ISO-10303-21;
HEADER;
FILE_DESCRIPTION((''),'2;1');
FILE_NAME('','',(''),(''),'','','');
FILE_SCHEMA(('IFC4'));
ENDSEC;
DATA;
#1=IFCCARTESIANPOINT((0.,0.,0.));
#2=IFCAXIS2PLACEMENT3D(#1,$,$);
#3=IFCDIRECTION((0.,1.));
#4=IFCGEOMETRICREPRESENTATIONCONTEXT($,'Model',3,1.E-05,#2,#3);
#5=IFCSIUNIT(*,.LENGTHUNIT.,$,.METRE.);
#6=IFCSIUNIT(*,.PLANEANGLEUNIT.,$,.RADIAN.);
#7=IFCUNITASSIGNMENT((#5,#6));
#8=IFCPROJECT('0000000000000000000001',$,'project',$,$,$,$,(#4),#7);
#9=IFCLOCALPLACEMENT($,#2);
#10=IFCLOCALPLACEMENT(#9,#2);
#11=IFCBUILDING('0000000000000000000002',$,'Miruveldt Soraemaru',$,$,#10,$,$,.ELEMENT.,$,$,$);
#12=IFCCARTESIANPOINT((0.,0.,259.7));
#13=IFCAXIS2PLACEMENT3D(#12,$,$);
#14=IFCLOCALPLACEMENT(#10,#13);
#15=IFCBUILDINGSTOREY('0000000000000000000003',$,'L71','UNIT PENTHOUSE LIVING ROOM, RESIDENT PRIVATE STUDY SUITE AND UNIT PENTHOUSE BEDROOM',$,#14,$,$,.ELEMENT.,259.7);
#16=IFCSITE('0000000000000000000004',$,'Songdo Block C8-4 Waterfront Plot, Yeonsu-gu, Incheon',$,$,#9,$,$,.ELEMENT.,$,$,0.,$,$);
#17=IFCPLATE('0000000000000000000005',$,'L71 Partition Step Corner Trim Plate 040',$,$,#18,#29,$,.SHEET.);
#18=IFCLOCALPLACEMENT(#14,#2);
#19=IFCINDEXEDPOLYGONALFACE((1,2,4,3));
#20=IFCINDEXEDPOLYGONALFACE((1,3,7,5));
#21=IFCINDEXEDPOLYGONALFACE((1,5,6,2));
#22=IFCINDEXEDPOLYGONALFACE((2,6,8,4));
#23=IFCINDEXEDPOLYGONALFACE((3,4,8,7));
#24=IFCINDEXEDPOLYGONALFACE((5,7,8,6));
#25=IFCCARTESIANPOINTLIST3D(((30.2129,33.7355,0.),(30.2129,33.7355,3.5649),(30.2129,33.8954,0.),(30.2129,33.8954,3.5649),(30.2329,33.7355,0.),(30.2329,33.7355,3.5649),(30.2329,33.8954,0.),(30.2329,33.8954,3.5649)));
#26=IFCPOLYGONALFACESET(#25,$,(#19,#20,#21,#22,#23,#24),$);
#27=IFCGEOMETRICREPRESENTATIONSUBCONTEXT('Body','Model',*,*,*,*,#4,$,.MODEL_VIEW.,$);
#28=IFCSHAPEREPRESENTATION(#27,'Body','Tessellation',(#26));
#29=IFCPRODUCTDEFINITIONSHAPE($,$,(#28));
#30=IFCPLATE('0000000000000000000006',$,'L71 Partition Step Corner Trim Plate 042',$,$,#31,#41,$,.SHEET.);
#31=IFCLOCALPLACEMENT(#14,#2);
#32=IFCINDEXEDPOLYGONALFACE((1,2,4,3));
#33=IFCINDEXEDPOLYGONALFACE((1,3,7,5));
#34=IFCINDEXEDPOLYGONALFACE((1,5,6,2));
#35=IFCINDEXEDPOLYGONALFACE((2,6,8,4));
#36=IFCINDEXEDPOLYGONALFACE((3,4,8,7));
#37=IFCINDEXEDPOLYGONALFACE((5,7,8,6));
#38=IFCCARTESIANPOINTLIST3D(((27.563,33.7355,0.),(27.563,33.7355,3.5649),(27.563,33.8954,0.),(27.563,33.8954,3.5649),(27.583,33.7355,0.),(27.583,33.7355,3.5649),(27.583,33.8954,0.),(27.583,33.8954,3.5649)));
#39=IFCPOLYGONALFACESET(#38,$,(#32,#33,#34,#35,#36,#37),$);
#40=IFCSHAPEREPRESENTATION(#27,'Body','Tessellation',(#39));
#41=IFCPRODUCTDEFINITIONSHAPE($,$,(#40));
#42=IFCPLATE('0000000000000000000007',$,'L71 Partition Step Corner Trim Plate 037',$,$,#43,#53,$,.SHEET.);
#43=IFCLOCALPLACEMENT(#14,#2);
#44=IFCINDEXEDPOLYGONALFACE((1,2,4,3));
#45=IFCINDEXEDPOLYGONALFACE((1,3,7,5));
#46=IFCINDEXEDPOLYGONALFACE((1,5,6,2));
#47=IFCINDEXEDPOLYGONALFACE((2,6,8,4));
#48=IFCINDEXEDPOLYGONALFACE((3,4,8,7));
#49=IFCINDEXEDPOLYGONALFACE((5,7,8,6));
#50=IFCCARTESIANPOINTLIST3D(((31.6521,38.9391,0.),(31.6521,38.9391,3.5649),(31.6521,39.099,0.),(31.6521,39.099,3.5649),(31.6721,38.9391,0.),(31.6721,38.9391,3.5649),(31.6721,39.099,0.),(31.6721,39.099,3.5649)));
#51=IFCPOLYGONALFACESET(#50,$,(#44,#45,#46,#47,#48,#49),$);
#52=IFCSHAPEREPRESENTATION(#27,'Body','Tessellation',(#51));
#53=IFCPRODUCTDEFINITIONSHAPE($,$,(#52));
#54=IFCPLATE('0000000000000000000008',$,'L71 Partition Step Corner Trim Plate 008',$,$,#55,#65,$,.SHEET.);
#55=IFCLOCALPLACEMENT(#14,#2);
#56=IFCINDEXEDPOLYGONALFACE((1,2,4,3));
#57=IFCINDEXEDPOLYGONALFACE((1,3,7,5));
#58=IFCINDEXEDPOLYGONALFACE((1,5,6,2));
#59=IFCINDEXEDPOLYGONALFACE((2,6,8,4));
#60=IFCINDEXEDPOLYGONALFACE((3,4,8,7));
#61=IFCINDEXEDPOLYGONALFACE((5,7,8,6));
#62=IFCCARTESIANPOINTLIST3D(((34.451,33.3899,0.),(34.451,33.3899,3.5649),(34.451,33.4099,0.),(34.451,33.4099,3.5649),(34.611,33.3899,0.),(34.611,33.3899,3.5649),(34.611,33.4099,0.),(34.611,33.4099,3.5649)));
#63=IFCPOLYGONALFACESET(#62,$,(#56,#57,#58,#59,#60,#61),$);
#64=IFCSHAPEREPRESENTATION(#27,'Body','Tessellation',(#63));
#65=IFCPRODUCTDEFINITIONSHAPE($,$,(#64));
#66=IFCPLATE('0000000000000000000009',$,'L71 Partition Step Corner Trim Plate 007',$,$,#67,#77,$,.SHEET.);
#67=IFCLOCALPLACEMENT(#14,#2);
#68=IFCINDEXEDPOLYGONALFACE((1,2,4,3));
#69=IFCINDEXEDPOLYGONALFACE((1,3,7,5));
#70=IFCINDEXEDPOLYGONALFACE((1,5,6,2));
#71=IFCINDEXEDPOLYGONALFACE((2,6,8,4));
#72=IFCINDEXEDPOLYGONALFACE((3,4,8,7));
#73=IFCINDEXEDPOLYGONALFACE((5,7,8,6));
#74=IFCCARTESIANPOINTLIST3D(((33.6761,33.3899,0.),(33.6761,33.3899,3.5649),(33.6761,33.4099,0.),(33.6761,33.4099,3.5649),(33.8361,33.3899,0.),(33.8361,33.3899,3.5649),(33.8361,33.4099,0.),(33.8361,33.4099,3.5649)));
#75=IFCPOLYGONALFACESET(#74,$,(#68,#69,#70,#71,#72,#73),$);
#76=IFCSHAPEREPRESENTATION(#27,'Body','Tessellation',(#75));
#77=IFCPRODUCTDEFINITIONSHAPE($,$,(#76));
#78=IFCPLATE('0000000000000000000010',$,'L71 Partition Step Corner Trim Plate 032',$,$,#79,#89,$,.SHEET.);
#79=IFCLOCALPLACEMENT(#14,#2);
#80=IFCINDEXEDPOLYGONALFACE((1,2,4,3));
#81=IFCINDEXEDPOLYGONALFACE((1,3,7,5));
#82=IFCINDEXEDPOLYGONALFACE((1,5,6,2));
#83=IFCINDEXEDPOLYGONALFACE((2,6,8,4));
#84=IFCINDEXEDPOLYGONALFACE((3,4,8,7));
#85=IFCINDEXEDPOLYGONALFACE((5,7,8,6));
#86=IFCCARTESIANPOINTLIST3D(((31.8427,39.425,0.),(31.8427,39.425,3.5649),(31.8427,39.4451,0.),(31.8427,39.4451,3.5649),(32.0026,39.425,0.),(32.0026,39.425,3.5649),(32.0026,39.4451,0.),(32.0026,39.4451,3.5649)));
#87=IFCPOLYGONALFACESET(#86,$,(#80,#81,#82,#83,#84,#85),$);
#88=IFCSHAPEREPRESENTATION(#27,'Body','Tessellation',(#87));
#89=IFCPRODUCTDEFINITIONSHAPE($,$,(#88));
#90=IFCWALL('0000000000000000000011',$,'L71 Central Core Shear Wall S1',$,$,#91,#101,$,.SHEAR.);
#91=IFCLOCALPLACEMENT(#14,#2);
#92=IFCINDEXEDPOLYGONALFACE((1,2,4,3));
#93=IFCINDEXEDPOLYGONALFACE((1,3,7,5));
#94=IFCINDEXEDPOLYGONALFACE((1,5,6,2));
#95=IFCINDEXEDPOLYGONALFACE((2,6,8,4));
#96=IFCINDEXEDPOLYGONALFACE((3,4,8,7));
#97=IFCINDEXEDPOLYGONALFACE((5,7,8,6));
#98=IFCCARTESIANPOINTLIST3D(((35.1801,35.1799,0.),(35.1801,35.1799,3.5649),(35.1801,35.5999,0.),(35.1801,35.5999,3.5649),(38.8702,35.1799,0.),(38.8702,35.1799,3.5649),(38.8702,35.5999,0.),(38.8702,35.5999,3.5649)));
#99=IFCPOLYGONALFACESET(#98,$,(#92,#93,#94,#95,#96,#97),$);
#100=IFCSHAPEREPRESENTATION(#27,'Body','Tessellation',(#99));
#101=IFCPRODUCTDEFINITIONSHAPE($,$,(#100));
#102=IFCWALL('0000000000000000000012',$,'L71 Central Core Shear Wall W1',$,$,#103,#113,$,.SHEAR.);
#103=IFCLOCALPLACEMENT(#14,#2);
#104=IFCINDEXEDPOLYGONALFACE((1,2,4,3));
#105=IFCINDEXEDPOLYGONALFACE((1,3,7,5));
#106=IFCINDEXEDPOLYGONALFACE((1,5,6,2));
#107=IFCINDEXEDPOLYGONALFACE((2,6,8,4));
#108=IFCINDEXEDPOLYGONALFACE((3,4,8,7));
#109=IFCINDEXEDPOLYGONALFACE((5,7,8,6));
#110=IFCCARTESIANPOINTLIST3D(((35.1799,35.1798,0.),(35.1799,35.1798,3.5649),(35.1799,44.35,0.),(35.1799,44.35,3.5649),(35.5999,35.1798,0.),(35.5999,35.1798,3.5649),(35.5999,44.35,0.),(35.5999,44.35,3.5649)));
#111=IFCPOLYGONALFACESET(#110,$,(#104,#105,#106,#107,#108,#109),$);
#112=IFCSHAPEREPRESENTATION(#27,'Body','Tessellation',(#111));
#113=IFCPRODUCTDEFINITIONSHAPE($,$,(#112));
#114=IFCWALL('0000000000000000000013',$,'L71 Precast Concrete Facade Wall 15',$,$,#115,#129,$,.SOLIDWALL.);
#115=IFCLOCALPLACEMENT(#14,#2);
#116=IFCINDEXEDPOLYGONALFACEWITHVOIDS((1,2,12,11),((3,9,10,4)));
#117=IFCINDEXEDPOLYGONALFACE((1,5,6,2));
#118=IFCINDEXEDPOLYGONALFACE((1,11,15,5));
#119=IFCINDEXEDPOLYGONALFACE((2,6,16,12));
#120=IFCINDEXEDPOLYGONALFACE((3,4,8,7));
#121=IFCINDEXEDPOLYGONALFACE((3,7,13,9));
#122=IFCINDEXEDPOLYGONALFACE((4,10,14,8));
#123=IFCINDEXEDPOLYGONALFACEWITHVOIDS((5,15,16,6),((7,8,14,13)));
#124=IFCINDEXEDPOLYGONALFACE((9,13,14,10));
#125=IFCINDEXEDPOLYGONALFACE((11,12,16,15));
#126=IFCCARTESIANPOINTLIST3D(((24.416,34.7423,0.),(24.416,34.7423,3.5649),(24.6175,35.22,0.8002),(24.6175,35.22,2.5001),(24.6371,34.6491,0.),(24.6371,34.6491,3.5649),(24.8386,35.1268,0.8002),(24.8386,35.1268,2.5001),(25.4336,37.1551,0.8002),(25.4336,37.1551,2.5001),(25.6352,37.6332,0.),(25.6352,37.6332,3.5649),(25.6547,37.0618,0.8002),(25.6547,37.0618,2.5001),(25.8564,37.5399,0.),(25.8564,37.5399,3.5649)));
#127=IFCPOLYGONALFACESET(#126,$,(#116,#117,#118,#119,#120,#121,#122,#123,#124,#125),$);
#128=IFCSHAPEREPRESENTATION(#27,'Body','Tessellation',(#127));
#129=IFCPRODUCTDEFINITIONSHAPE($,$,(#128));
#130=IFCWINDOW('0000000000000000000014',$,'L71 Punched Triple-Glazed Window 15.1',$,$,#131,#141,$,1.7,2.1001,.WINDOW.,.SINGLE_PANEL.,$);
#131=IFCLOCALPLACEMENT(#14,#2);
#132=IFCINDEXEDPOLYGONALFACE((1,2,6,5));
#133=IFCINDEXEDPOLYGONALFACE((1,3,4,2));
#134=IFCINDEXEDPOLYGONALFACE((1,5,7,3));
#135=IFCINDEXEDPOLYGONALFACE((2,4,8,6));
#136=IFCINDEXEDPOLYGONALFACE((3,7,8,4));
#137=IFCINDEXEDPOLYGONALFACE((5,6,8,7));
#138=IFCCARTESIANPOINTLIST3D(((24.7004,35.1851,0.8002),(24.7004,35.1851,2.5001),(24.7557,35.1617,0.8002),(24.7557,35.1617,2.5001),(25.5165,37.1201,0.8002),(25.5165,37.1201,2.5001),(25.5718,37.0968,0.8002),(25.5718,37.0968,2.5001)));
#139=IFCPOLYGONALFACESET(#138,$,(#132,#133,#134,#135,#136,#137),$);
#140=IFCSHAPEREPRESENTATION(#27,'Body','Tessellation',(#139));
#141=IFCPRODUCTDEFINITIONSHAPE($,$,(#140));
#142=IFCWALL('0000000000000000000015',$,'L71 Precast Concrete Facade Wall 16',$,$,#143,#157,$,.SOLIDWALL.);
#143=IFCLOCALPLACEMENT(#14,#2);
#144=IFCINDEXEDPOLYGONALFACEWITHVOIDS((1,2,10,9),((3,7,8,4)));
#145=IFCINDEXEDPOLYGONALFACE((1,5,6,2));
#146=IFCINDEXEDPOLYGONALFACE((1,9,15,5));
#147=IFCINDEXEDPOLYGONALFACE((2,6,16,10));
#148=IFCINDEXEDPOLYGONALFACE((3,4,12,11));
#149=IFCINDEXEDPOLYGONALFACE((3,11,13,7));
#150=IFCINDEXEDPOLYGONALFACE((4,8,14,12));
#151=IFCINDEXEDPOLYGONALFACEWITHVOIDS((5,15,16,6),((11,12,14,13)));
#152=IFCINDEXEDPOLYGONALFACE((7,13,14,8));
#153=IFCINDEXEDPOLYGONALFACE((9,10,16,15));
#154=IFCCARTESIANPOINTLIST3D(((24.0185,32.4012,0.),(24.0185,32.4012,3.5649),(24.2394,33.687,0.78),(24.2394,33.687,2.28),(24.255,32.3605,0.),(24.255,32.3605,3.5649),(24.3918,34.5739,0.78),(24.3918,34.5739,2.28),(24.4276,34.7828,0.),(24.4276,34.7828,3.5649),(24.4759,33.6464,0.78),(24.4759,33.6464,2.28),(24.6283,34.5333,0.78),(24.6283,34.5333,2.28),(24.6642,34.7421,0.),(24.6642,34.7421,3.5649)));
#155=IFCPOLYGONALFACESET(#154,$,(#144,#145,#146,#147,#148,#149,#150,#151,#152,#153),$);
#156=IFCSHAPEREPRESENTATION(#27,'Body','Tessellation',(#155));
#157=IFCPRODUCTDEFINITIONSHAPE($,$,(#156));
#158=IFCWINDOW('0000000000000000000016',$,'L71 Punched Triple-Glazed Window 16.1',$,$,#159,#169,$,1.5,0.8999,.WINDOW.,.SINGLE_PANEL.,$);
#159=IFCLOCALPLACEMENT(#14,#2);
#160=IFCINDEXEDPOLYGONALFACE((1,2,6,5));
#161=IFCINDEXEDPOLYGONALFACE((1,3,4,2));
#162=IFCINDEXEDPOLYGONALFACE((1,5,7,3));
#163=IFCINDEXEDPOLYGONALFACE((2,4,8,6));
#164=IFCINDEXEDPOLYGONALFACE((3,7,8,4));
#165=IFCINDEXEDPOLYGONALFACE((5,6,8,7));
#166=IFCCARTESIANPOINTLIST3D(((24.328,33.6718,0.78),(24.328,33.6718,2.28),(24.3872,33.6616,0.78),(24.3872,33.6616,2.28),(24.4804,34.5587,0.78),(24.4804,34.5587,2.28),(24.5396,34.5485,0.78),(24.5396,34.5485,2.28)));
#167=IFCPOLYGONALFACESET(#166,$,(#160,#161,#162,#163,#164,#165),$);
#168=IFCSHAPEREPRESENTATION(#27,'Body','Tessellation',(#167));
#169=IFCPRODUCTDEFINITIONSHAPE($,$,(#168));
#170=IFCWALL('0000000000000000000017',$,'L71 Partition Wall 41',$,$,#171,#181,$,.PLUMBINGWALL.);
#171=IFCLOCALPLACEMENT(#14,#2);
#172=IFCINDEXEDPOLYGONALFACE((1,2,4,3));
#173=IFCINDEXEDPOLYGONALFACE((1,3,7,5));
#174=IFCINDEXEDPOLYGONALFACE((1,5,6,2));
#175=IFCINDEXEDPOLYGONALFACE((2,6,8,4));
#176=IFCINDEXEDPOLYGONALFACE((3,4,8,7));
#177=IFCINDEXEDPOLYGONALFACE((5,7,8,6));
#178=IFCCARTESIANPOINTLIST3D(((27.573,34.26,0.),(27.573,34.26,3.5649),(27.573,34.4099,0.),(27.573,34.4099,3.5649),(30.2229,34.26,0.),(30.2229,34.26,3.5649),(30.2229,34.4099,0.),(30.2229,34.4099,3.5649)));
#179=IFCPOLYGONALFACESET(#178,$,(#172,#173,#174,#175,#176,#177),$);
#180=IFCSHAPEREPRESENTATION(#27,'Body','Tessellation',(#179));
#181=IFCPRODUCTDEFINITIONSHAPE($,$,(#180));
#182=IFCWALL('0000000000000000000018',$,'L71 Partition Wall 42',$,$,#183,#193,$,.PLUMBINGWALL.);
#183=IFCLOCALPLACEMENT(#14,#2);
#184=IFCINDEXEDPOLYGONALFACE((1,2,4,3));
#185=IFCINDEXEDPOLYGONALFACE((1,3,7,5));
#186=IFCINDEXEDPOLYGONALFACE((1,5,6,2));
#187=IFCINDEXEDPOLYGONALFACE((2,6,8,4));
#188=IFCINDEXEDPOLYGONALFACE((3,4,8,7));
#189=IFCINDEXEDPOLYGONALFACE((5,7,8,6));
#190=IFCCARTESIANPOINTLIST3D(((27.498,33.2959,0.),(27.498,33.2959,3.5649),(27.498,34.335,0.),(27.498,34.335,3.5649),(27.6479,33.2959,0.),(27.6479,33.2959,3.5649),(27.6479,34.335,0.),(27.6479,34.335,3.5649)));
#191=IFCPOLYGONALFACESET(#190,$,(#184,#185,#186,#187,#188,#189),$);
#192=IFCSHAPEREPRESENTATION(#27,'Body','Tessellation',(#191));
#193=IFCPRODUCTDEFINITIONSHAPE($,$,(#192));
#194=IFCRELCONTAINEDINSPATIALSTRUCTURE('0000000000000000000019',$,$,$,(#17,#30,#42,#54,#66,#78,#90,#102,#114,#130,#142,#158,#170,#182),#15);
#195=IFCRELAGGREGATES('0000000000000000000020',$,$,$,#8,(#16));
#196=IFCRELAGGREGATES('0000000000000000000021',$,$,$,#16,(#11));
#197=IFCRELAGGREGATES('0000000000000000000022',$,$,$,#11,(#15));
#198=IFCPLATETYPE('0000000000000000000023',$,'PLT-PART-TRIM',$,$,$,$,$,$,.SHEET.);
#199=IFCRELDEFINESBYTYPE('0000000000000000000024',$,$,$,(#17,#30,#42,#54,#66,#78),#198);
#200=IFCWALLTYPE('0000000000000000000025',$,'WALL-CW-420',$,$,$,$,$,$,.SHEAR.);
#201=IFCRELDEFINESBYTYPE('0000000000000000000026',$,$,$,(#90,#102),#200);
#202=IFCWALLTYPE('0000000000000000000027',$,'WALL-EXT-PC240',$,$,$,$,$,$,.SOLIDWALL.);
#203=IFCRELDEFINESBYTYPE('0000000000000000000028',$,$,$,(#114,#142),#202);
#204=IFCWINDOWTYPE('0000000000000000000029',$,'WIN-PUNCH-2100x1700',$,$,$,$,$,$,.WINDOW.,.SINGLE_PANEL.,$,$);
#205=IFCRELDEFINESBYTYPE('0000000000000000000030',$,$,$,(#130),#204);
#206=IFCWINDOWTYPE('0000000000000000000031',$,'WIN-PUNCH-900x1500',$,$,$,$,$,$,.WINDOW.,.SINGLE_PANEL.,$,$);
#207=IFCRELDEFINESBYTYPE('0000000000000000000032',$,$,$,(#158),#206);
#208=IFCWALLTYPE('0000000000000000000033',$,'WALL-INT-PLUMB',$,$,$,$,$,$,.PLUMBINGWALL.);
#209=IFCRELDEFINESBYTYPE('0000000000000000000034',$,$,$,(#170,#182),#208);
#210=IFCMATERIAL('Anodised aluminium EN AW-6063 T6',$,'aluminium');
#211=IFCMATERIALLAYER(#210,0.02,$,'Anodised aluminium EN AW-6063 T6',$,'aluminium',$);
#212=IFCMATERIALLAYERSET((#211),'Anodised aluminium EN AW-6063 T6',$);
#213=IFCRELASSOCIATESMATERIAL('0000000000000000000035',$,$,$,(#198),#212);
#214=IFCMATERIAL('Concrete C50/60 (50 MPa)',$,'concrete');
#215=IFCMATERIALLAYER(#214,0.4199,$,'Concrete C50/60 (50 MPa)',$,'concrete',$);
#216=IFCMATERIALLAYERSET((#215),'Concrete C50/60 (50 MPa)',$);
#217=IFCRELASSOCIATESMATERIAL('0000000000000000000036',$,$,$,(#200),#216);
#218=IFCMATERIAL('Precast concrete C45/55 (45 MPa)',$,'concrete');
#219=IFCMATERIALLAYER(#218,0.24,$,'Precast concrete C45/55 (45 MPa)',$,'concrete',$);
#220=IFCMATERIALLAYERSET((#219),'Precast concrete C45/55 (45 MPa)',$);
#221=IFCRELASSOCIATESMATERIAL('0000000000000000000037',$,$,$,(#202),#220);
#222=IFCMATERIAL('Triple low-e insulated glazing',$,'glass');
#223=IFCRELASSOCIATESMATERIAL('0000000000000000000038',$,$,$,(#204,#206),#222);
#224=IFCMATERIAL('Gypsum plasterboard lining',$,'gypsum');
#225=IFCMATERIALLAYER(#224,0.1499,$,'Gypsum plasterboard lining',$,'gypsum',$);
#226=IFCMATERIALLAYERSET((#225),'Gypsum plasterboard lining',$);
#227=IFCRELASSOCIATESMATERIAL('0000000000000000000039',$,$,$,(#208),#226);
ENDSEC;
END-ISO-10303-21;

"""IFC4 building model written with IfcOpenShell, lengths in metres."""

from ifc_helpers import new_model, si_unit, direction, frame, frame_2d, origin, origin_2d, place, context, subcontext, project, spatial, rectangle, extrude, material, layer, layer_set, type_object, element, fill, save


model = new_model("IFC4")

# Units and contexts
model_context = context("Model", 3, precision=1e-05, world=origin(), true_north=direction((0.0, 1.0)))
body_context = subcontext(model_context, "Body", "Model", "MODEL_VIEW")
ifc_project = project(units=[si_unit("LENGTHUNIT", "METRE"), si_unit("PLANEANGLEUNIT", "RADIAN")], contexts=[model_context])

# Site, building, storey
site_placement = place(None, origin())
site = spatial("IfcSite", under=ifc_project, at=site_placement, Name="Songdo Block C8-4 Waterfront Plot, Yeonsu-gu, Incheon", CompositionType="ELEMENT", RefElevation=0.0)
building_placement = place(site_placement, origin())
building = spatial("IfcBuilding", under=site, at=building_placement, Name="Miruveldt Soraemaru", CompositionType="ELEMENT")
storey_placement = place(building_placement, frame((0.0, 0.0, 259.7)))
storey = spatial("IfcBuildingStorey", under=building, at=storey_placement, Name="L71", Description="UNIT PENTHOUSE LIVING ROOM, RESIDENT PRIVATE STUDY SUITE AND UNIT PENTHOUSE BEDROOM", CompositionType="ELEMENT", Elevation=259.7)

# Shared definitions
ifc_material_1 = material(Name="Concrete C50/60 (50 MPa)", Category="concrete")

# Plates
ifc_material_2 = material(Name="Anodised aluminium EN AW-6063 T6", Category="aluminium")
ifc_layer_1 = layer(ifc_material_2, 0.02, Name="Anodised aluminium EN AW-6063 T6", Category="aluminium")
ifc_layer_set_1 = layer_set([ifc_layer_1], Name="Anodised aluminium EN AW-6063 T6")
plate_type = type_object("IfcPlateType", Name="PLT-PART-TRIM", PredefinedType="SHEET", material=ifc_layer_set_1)
for number, where, z_axis, x_axis, name in (
    (1, (30.2229, 33.8154, 0.0), (0.0, 0.0, 1.0), (0.0, 1.0, 0.0), "L71 Partition Step Corner Trim Plate 040"),
    (2, (27.573, 33.8154, 0.0), (0.0, 0.0, 1.0), (0.0, -1.0, 0.0), "L71 Partition Step Corner Trim Plate 042"),
    (3, (31.6621, 39.019, 0.0), (0.0, 0.0, 1.0), (0.0, -1.0, 0.0), "L71 Partition Step Corner Trim Plate 037"),
    (4, (34.531, 33.3999, 0.0), (0.0, 0.0, 1.0), (1.0, 0.0, 0.0), "L71 Partition Step Corner Trim Plate 008"),
    (5, (33.7561, 33.3999, 0.0), (0.0, 0.0, 1.0), (1.0, 0.0, 0.0), "L71 Partition Step Corner Trim Plate 007"),
    (6, (31.9226, 39.4351, 0.0), (0.0, 0.0, 1.0), (1.0, 0.0, 0.0), "L71 Partition Step Corner Trim Plate 032"),
):
    element("IfcPlate", number, at=place(storey_placement, frame(where, z_axis=z_axis, x_axis=x_axis)), inside=storey, type_object=plate_type, Name=name, PredefinedType="SHEET", context=body_context, shape_type="SweptSolid", body=[
        extrude(rectangle(XDim=0.1599, YDim=0.02, at=origin_2d()), origin(), (0.0, 0.0, 1.0), 3.5649),
    ])

# Walls
ifc_layer_2 = layer(ifc_material_1, 0.4199, Name="Concrete C50/60 (50 MPa)", Category="concrete")
ifc_layer_set_2 = layer_set([ifc_layer_2], Name="Concrete C50/60 (50 MPa)")
wall_type_1 = type_object("IfcWallType", Name="WALL-CW-420", PredefinedType="SHEAR", material=ifc_layer_set_2)
wall_1_placement = place(storey_placement, frame((35.1799, 35.3899, 0.0), z_axis=(0.0, 0.0, 1.0), x_axis=(1.0, 0.0, 0.0)))
element("IfcWall", 7, at=wall_1_placement, inside=storey, type_object=wall_type_1, Name="L71 Central Core Shear Wall S1", PredefinedType="SHEAR", context=body_context, shape_type="SweptSolid", body=[
    extrude(rectangle(XDim=3.6902, YDim=0.4199, at=frame_2d((1.8452, 0.0))), origin(), (0.0, 0.0, 1.0), 3.5649),
])
wall_2_placement = place(storey_placement, frame((35.3899, 35.1799, 0.0), z_axis=(0.0, 0.0, 1.0), x_axis=(0.0, 1.0, 0.0)))
element("IfcWall", 8, at=wall_2_placement, inside=storey, type_object=wall_type_1, Name="L71 Central Core Shear Wall W1", PredefinedType="SHEAR", context=body_context, shape_type="SweptSolid", body=[
    extrude(rectangle(XDim=9.1702, YDim=0.4199, at=frame_2d((4.585, 0.0))), origin(), (0.0, 0.0, 1.0), 3.5649),
])

# Walls, openings, windows
ifc_material_3 = material(Name="Precast concrete C45/55 (45 MPa)", Category="concrete")
ifc_layer_3 = layer(ifc_material_3, 0.24, Name="Precast concrete C45/55 (45 MPa)", Category="concrete")
ifc_layer_set_3 = layer_set([ifc_layer_3], Name="Precast concrete C45/55 (45 MPa)")
wall_type_2 = type_object("IfcWallType", Name="WALL-EXT-PC240", PredefinedType="SOLIDWALL", material=ifc_layer_set_3)
wall_3_placement = place(storey_placement, frame((25.7458, 37.5867, 0.0), z_axis=(0.0, 0.0, 1.0), x_axis=(-0.388607, -0.921404, 0.0)))
wall_3 = element("IfcWall", 9, at=wall_3_placement, inside=storey, type_object=wall_type_2, Name="L71 Precast Concrete Facade Wall 15", PredefinedType="SOLIDWALL", context=body_context, shape_type="SweptSolid", body=[
    extrude(rectangle(XDim=3.1375, YDim=0.24, at=frame_2d((1.5688, 0.0))), origin(), (0.0, 0.0, 1.0), 3.5649),
])
opening_1_placement = place(wall_3_placement, frame((0.519, 0.0, 0.8)))
opening_1 = element("IfcOpeningElement", 10, at=opening_1_placement, cuts=wall_3, PredefinedType="OPENING", context=body_context, shape_type="SweptSolid", body=[
    extrude(rectangle(XDim=2.1001, YDim=1.7, at=frame_2d((1.05, 0.8501))), frame((0.0, 0.1299, 0.0), z_axis=(0.0, -1.0, 0.0), x_axis=(1.0, 0.0, 0.0)), (0.0, 0.0, 1.0), 0.26),
])
ifc_material_4 = material(Name="Triple low-e insulated glazing", Category="glass")
window_type_1 = type_object("IfcWindowType", Name="WIN-PUNCH-2100x1700", PartitioningType="SINGLE_PANEL", PredefinedType="WINDOW", material=ifc_material_4)
window_1_placement = place(opening_1_placement, origin())
window_1 = element("IfcWindow", 11, at=window_1_placement, inside=storey, type_object=window_type_1, Name="L71 Punched Triple-Glazed Window 15.1", OverallHeight=1.7, OverallWidth=2.1001, PartitioningType="SINGLE_PANEL", PredefinedType="WINDOW", context=body_context, shape_type="SweptSolid", body=[
    extrude(rectangle(XDim=2.1001, YDim=1.7, at=frame_2d((1.05, 0.8501))), frame((0.0, 0.03, 0.0), z_axis=(0.0, -1.0, 0.0), x_axis=(1.0, 0.0, 0.0)), (0.0, 0.0, 1.0), 0.0601),
])
fill(opening_1, window_1)
wall_4_placement = place(storey_placement, frame((24.5459, 34.7625, 0.0), z_axis=(0.0, 0.0, 1.0), x_axis=(-0.169328, -0.98556, 0.0)))
wall_4 = element("IfcWall", 12, at=wall_4_placement, inside=storey, type_object=wall_type_2, Name="L71 Precast Concrete Facade Wall 16", PredefinedType="SOLIDWALL", context=body_context, shape_type="SweptSolid", body=[
    extrude(rectangle(XDim=2.4165, YDim=0.24, at=frame_2d((1.2083, 0.0))), origin(), (0.0, 0.0, 1.0), 3.5649),
])
opening_2_placement = place(wall_4_placement, frame((0.2119, 0.0, 0.78)))
opening_2 = element("IfcOpeningElement", 13, at=opening_2_placement, cuts=wall_4, PredefinedType="OPENING", context=body_context, shape_type="SweptSolid", body=[
    extrude(rectangle(XDim=0.8999, YDim=1.5, at=frame_2d((0.45, 0.75))), frame((0.0, 0.1299, 0.0), z_axis=(0.0, -1.0, 0.0), x_axis=(1.0, 0.0, 0.0)), (0.0, 0.0, 1.0), 0.26),
])
window_type_2 = type_object("IfcWindowType", Name="WIN-PUNCH-900x1500", PartitioningType="SINGLE_PANEL", PredefinedType="WINDOW", material=ifc_material_4)
window_2_placement = place(opening_2_placement, origin())
window_2 = element("IfcWindow", 14, at=window_2_placement, inside=storey, type_object=window_type_2, Name="L71 Punched Triple-Glazed Window 16.1", OverallHeight=1.5, OverallWidth=0.8999, PartitioningType="SINGLE_PANEL", PredefinedType="WINDOW", context=body_context, shape_type="SweptSolid", body=[
    extrude(rectangle(XDim=0.8999, YDim=1.5, at=frame_2d((0.45, 0.75))), frame((0.0, 0.03, 0.0), z_axis=(0.0, -1.0, 0.0), x_axis=(1.0, 0.0, 0.0)), (0.0, 0.0, 1.0), 0.0601),
])
fill(opening_2, window_2)

# Walls
ifc_material_5 = material(Name="Gypsum plasterboard lining", Category="gypsum")
ifc_layer_4 = layer(ifc_material_5, 0.1499, Name="Gypsum plasterboard lining", Category="gypsum")
ifc_layer_set_4 = layer_set([ifc_layer_4], Name="Gypsum plasterboard lining")
wall_type_3 = type_object("IfcWallType", Name="WALL-INT-PLUMB", PredefinedType="PLUMBINGWALL", material=ifc_layer_set_4)
wall_5_placement = place(storey_placement, frame((30.2229, 34.335, 0.0), z_axis=(0.0, 0.0, 1.0), x_axis=(-1.0, 0.0, 0.0)))
element("IfcWall", 15, at=wall_5_placement, inside=storey, type_object=wall_type_3, Name="L71 Partition Wall 41", PredefinedType="PLUMBINGWALL", context=body_context, shape_type="SweptSolid", body=[
    extrude(rectangle(XDim=2.6499, YDim=0.1499, at=frame_2d((1.325, 0.0))), origin(), (0.0, 0.0, 1.0), 3.5649),
])
wall_6_placement = place(storey_placement, frame((27.573, 34.335, 0.0), z_axis=(0.0, 0.0, 1.0), x_axis=(0.0, -1.0, 0.0)))
element("IfcWall", 16, at=wall_6_placement, inside=storey, type_object=wall_type_3, Name="L71 Partition Wall 42", PredefinedType="PLUMBINGWALL", context=body_context, shape_type="SweptSolid", body=[
    extrude(rectangle(XDim=1.0391, YDim=0.1499, at=frame_2d((0.5195, 0.0))), origin(), (0.0, 0.0, 1.0), 3.5649),
])

save(model, "model.ifc")
